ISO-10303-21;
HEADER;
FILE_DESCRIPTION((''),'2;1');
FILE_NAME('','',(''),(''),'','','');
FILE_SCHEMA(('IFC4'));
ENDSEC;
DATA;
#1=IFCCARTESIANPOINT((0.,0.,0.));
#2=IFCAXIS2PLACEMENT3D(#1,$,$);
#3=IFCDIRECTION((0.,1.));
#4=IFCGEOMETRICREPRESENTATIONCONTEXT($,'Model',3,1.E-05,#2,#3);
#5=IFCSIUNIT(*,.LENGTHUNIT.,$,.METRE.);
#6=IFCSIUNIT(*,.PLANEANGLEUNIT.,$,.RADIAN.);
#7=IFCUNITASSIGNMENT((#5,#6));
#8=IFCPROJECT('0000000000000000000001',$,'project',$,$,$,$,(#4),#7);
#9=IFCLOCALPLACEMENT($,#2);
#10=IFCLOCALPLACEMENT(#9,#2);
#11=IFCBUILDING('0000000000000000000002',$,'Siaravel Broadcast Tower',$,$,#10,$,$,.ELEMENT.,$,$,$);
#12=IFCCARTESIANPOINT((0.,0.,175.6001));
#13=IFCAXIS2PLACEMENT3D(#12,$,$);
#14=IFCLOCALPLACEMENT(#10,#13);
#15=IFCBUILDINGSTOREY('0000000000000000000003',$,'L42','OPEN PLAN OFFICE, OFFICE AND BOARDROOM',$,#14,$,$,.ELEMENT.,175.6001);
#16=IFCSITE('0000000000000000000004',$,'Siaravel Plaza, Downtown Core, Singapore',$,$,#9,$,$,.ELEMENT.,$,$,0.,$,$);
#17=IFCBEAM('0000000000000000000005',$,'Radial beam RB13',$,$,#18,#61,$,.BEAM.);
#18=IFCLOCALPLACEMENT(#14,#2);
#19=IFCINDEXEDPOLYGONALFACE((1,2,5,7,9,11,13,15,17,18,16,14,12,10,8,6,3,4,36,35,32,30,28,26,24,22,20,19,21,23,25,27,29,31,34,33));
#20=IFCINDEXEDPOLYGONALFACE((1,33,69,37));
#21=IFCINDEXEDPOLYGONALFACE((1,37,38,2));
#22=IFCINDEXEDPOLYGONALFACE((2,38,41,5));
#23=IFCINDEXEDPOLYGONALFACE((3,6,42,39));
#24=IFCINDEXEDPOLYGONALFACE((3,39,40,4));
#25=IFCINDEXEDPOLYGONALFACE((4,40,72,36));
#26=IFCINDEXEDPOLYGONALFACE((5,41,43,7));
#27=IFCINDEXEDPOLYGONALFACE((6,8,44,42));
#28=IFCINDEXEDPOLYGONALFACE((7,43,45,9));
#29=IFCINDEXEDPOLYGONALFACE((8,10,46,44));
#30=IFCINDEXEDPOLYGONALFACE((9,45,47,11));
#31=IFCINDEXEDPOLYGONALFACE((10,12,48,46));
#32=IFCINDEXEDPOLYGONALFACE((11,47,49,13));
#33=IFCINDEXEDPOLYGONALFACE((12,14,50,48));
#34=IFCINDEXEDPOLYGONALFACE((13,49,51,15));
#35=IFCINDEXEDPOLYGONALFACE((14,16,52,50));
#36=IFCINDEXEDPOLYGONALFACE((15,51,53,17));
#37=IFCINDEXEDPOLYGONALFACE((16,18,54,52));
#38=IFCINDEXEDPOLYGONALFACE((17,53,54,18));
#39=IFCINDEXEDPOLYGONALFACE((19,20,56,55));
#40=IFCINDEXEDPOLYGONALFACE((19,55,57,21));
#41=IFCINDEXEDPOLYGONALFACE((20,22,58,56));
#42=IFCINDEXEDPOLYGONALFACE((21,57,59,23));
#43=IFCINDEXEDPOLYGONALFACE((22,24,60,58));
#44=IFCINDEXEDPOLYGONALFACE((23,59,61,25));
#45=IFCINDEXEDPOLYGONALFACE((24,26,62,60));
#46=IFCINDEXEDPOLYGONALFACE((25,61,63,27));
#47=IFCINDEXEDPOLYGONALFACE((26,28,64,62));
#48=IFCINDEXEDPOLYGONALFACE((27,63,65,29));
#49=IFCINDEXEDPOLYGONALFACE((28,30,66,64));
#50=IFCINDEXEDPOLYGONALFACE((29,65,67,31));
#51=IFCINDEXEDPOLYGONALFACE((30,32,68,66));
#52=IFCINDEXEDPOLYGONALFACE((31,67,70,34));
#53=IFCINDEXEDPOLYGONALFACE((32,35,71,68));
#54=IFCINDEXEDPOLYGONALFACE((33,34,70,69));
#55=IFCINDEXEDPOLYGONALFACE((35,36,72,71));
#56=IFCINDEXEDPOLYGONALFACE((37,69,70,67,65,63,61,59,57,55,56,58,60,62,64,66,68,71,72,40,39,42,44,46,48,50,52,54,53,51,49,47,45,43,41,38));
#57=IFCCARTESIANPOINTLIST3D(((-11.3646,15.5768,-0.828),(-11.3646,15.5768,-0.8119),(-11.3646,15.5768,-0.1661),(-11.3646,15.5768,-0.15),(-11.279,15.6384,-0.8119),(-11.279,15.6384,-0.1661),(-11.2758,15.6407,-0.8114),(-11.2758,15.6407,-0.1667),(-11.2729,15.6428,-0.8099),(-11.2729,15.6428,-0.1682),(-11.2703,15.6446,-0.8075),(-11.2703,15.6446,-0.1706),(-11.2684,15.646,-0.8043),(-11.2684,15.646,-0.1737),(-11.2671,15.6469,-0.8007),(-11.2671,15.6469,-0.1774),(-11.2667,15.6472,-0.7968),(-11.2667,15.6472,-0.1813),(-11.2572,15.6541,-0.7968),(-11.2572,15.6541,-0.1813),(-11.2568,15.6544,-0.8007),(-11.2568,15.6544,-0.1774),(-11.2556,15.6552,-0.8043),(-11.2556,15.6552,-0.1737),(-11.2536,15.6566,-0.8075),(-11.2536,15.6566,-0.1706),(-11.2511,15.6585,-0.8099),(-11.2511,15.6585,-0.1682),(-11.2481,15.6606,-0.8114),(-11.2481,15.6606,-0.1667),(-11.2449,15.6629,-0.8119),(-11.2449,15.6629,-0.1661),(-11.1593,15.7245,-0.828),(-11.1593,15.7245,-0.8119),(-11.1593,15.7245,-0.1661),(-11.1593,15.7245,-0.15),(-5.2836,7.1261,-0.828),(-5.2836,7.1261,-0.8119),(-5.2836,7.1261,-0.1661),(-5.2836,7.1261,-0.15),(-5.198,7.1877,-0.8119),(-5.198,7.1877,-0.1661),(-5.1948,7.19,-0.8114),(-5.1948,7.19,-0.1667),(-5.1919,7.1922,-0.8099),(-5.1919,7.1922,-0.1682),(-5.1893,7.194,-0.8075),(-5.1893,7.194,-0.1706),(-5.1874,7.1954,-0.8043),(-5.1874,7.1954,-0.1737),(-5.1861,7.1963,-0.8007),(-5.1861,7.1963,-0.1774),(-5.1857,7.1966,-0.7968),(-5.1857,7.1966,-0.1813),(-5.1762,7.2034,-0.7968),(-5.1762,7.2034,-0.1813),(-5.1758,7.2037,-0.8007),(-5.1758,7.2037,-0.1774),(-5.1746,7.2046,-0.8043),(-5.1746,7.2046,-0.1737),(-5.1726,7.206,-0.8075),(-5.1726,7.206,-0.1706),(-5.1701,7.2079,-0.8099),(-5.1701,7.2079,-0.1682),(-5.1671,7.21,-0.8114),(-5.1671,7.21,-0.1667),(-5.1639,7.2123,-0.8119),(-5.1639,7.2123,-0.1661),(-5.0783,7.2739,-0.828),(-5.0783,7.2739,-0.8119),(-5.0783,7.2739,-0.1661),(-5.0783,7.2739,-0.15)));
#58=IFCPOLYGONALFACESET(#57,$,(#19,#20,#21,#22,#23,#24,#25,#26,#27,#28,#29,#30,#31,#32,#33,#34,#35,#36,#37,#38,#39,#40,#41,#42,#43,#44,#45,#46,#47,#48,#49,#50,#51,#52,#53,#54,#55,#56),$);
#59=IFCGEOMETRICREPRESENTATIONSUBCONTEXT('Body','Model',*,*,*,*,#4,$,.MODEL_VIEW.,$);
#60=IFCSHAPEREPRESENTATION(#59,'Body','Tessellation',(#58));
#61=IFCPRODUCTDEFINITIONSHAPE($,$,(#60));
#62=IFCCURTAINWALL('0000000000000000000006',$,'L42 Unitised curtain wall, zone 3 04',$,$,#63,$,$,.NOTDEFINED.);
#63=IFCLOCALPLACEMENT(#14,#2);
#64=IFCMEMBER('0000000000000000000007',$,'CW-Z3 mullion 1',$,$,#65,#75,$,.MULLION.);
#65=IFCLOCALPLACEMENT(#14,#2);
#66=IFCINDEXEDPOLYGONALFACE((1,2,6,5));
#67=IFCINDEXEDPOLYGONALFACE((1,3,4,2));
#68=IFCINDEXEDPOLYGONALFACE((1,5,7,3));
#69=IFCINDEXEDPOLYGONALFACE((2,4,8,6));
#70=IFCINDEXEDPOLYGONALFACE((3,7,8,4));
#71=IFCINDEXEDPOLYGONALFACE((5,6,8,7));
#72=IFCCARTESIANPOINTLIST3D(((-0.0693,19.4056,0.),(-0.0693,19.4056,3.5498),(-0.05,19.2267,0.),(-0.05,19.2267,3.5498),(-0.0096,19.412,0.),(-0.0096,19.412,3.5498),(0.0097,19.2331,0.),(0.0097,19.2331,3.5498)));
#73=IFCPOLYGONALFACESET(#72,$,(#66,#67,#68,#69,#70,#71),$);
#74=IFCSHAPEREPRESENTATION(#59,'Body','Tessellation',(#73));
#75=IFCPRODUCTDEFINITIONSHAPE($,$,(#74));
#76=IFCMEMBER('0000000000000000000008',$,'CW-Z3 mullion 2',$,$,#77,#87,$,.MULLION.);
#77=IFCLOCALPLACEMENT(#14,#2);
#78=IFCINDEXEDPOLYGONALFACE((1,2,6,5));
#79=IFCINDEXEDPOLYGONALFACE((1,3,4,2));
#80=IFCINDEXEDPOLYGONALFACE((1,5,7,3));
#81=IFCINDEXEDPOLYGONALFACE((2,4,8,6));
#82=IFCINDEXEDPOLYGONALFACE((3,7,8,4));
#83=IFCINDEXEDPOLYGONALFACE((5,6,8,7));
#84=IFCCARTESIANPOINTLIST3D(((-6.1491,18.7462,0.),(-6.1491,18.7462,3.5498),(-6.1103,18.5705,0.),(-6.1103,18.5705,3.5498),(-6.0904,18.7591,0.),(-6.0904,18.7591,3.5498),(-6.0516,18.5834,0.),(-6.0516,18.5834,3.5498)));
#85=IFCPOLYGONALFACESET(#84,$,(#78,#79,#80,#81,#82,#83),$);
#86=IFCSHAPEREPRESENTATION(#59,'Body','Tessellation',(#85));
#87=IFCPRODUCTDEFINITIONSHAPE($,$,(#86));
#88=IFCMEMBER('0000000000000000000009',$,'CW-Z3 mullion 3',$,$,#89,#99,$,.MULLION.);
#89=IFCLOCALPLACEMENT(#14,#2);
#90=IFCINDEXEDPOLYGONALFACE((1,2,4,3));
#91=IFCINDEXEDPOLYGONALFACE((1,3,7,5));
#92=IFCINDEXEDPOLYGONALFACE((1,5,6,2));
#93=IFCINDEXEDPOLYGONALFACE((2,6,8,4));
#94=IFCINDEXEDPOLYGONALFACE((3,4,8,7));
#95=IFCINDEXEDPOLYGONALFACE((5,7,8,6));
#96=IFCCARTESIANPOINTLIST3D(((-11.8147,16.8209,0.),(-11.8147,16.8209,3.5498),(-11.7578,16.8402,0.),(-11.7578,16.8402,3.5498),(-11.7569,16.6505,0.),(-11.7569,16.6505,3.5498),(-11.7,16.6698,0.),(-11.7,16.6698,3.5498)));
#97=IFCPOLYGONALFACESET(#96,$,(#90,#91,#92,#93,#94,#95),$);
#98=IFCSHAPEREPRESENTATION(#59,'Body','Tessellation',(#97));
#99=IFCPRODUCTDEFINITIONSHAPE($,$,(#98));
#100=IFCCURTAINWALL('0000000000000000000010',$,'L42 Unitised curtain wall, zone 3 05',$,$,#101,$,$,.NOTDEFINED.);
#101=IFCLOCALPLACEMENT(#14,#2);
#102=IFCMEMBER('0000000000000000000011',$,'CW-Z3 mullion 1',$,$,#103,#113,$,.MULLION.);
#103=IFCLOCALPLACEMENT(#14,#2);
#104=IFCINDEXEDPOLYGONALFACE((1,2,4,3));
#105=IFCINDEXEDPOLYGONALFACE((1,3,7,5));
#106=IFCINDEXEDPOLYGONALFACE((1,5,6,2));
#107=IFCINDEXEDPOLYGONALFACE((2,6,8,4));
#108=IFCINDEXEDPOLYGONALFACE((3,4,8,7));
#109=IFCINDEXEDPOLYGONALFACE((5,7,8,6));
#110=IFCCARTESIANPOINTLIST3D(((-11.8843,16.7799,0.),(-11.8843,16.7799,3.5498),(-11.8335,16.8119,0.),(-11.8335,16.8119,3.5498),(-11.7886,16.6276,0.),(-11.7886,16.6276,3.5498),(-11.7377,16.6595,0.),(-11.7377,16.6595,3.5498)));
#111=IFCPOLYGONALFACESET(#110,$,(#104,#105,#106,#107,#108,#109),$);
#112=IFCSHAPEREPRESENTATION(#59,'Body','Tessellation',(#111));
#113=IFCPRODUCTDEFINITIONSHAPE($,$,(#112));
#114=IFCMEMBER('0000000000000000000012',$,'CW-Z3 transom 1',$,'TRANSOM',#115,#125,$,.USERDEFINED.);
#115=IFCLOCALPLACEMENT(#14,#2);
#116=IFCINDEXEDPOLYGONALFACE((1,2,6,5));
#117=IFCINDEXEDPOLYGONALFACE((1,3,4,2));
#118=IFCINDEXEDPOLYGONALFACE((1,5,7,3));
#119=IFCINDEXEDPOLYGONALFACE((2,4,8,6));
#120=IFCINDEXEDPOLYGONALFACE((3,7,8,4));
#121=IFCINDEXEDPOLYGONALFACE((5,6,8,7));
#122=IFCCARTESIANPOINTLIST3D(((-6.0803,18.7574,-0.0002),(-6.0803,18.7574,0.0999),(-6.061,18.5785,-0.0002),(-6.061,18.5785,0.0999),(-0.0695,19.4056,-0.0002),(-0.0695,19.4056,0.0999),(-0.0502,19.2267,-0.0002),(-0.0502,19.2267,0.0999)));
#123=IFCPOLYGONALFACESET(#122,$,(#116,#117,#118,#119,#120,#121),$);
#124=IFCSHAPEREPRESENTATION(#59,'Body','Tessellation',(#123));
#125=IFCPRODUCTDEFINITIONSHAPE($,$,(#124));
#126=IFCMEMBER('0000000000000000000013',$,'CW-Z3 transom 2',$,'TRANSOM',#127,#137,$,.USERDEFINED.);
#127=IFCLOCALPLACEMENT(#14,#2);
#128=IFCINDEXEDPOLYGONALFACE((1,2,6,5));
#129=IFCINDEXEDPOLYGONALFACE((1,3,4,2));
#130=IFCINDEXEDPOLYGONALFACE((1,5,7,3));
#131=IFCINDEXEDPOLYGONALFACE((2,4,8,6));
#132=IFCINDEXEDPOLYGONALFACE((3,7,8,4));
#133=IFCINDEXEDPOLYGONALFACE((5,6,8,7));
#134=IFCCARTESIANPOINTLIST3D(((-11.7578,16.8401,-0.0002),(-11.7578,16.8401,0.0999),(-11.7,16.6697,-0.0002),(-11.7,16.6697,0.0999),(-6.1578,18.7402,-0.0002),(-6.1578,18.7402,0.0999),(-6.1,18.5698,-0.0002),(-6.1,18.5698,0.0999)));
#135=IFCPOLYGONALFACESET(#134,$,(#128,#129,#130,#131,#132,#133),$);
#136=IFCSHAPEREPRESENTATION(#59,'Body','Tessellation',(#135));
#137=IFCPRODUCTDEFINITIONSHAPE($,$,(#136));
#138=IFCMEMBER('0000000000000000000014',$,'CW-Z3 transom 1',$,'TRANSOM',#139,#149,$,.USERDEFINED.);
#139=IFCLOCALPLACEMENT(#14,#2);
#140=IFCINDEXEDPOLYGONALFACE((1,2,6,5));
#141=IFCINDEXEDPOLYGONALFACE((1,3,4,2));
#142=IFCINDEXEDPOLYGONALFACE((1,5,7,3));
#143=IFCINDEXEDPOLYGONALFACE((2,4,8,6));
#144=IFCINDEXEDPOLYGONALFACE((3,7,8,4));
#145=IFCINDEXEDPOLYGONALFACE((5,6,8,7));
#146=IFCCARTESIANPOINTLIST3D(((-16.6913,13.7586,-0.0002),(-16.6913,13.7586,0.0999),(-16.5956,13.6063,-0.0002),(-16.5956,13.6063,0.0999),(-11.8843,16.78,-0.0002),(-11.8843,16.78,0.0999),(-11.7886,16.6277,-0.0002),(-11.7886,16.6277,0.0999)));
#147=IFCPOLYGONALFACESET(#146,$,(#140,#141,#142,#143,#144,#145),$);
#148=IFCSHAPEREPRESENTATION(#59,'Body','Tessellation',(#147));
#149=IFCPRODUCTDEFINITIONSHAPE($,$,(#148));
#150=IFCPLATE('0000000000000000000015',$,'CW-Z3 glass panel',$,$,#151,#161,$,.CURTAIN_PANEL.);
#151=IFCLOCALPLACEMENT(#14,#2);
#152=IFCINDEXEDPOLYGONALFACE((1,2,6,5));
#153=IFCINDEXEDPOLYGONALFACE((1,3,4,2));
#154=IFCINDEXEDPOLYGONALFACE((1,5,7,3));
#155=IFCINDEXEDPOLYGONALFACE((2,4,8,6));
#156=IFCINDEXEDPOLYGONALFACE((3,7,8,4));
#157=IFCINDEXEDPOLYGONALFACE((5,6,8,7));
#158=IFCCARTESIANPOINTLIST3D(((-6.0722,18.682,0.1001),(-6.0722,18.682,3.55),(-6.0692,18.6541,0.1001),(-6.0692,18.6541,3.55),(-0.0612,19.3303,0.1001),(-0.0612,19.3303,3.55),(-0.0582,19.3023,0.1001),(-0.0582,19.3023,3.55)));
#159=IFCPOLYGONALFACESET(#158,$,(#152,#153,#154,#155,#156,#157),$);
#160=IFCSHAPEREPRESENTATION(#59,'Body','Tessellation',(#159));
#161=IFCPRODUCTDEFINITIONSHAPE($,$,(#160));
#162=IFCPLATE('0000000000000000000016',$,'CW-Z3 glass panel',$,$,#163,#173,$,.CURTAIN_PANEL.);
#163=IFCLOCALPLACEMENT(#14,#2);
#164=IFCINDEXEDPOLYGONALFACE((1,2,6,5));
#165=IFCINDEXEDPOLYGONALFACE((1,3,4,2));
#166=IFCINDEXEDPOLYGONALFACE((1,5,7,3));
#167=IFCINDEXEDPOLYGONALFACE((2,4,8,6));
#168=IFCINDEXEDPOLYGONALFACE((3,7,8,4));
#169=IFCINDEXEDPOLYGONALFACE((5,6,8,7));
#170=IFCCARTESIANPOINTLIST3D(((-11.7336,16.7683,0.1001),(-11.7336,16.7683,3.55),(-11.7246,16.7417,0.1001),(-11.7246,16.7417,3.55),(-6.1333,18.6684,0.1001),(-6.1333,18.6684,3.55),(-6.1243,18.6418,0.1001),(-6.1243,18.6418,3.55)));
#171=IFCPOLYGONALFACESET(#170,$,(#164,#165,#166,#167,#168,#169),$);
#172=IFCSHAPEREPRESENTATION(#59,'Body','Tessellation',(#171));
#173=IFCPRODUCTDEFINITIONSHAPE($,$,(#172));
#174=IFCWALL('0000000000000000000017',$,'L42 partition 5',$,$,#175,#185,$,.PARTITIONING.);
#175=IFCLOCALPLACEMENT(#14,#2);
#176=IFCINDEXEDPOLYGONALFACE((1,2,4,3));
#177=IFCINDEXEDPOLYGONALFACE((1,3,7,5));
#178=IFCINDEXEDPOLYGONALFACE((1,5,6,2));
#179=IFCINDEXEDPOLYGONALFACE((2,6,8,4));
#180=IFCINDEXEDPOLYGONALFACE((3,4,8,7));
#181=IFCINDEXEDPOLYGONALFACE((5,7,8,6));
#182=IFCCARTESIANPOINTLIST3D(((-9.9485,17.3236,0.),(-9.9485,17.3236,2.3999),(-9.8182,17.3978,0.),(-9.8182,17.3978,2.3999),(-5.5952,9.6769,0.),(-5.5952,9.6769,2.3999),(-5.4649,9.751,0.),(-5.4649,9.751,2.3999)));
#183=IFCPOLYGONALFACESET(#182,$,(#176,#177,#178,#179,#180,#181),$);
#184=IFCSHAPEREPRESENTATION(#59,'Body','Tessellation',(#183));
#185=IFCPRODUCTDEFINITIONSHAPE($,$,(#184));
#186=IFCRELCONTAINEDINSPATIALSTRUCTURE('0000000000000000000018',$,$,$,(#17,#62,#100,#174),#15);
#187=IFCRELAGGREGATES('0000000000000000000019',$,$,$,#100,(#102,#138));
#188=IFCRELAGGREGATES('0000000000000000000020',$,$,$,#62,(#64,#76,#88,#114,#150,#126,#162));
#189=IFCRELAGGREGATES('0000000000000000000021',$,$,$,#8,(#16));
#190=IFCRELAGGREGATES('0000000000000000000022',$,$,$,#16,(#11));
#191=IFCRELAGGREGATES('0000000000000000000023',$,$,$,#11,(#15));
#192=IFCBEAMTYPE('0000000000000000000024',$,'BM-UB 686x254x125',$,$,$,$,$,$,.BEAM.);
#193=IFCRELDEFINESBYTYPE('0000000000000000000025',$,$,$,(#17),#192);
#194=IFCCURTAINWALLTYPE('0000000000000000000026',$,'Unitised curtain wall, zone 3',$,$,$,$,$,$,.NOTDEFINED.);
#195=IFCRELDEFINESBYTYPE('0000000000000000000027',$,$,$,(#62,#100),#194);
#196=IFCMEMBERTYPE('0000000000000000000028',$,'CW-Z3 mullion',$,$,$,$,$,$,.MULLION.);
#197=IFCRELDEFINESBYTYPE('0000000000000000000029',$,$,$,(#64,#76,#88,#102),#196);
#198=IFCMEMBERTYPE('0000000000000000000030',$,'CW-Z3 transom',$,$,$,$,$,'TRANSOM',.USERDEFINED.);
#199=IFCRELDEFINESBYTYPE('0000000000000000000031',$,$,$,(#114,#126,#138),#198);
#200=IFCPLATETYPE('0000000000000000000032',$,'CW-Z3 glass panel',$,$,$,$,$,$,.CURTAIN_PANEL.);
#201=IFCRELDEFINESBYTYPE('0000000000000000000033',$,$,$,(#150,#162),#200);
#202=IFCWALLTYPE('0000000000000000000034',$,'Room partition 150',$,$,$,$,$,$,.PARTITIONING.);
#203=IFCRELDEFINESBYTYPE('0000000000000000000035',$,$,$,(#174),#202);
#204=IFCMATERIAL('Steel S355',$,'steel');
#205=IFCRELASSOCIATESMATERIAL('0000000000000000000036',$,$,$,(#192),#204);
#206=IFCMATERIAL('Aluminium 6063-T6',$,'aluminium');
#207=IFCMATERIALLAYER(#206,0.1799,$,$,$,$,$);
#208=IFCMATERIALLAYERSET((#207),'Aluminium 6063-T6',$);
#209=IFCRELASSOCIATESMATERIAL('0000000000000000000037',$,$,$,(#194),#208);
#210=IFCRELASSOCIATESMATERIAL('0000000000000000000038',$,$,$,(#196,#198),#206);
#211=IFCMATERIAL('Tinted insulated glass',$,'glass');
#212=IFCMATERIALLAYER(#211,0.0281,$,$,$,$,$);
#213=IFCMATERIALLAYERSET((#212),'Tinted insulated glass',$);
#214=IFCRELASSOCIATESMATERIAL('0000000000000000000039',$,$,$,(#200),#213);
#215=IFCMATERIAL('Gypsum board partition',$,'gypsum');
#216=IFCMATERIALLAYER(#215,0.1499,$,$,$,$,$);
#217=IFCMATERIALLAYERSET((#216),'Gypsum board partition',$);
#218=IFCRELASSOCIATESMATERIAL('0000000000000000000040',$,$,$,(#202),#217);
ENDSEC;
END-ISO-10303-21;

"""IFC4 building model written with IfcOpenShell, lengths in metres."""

from ifc_helpers import new_model, si_unit, direction, frame, frame_2d, origin, origin_2d, place, context, subcontext, project, spatial, rectangle, i_section, extrude, material, layer, layer_set, material_profile, profile_set, type_object, element, aggregate, save


model = new_model("IFC4")

# Units and contexts
model_context = context("Model", 3, precision=1e-05, world=origin(), true_north=direction((0.0, 1.0)))
body_context = subcontext(model_context, "Body", "Model", "MODEL_VIEW")
ifc_project = project(units=[si_unit("LENGTHUNIT", "METRE"), si_unit("PLANEANGLEUNIT", "RADIAN")], contexts=[model_context])

# Site, building, storey
site_placement = place(None, origin())
site = spatial("IfcSite", under=ifc_project, at=site_placement, Name="Siaravel Plaza, Downtown Core, Singapore", CompositionType="ELEMENT", RefElevation=0.0)
building_placement = place(site_placement, origin())
building = spatial("IfcBuilding", under=site, at=building_placement, Name="Siaravel Broadcast Tower", CompositionType="ELEMENT")
storey_placement = place(building_placement, frame((0.0, 0.0, 175.6001)))
storey = spatial("IfcBuildingStorey", under=building, at=storey_placement, Name="L42", Description="OPEN PLAN OFFICE, OFFICE AND BOARDROOM", CompositionType="ELEMENT", Elevation=175.6001)

# Beam
ifc_material_1 = material(Name="Steel S355", Category="steel")
ifc_material_profile_1 = material_profile(ifc_material_1, i_section(OverallWidth=0.2529, OverallDepth=0.678, WebThickness=0.0117, FlangeThickness=0.0161, FilletRadius=0.0151, at=origin_2d()))
ifc_profile_set_1 = profile_set([ifc_material_profile_1], Name="Steel S355")
beam_type = type_object("IfcBeamType", Name="BM-UB 686x254x125", PredefinedType="BEAM", material=ifc_profile_set_1)
beam_1_placement = place(storey_placement, frame((-11.262, 15.6506, -0.489), z_axis=(0.584087, -0.811691, 0.0), x_axis=(0.811691, 0.584087, 0.0)))
element("IfcBeam", 1, at=beam_1_placement, inside=storey, type_object=beam_type, Name="Radial beam RB13", PredefinedType="BEAM", context=body_context, shape_type="SweptSolid", body=[
    extrude(i_section(OverallWidth=0.2529, OverallDepth=0.678, WebThickness=0.0117, FlangeThickness=0.0161, FilletRadius=0.0151, at=origin_2d()), origin(), (0.0, 0.0, 1.0), 10.4111),
])

# Curtain wall, members
ifc_material_2 = material(Name="Aluminium 6063-T6", Category="aluminium")
ifc_layer_1 = layer(ifc_material_2, 0.1799)
ifc_layer_set_1 = layer_set([ifc_layer_1], Name="Aluminium 6063-T6")
curtain_wall_type = type_object("IfcCurtainWallType", Name="Unitised curtain wall, zone 3", PredefinedType="NOTDEFINED", material=ifc_layer_set_1)
curtain_wall_1_placement = place(storey_placement, origin())
curtain_wall_1 = element("IfcCurtainWall", 2, at=curtain_wall_1_placement, inside=storey, type_object=curtain_wall_type, Name="L42 Unitised curtain wall, zone 3 04", PredefinedType="NOTDEFINED")
ifc_material_profile_2 = material_profile(ifc_material_2, rectangle(XDim=0.1799, YDim=0.0601, at=origin_2d()))
ifc_profile_set_2 = profile_set([ifc_material_profile_2], Name="Aluminium 6063-T6")
member_type_1 = type_object("IfcMemberType", Name="CW-Z3 mullion", PredefinedType="MULLION", material=ifc_profile_set_2)
member_1_placement = place(storey_placement, frame((-0.0298, 19.3193, 0.0), z_axis=(0.0, 0.0, 1.0), x_axis=(0.107217, -0.994236, 0.0)))
member_1 = element("IfcMember", 3, at=member_1_placement, type_object=member_type_1, Name="CW-Z3 mullion 1", PredefinedType="MULLION", context=body_context, shape_type="SweptSolid", body=[
    extrude(rectangle(XDim=0.1799, YDim=0.0601, at=origin_2d()), origin(), (0.0, 0.0, 1.0), 3.5498),
])
member_2_placement = place(storey_placement, frame((-6.1003, 18.6648, 0.0), z_axis=(0.0, 0.0, 1.0), x_axis=(0.215558, -0.976491, 0.0)))
member_2 = element("IfcMember", 4, at=member_2_placement, type_object=member_type_1, Name="CW-Z3 mullion 2", PredefinedType="MULLION", context=body_context, shape_type="SweptSolid", body=[
    extrude(rectangle(XDim=0.1799, YDim=0.0601, at=origin_2d()), origin(), (0.0, 0.0, 1.0), 3.5498),
])
member_3_placement = place(storey_placement, frame((-11.7573, 16.7454, 0.0), z_axis=(0.0, 0.0, 1.0), x_axis=(0.3213, -0.946977, 0.0)))
member_3 = element("IfcMember", 5, at=member_3_placement, type_object=member_type_1, Name="CW-Z3 mullion 3", PredefinedType="MULLION", context=body_context, shape_type="SweptSolid", body=[
    extrude(rectangle(XDim=0.1799, YDim=0.0601, at=origin_2d()), origin(), (0.0, 0.0, 1.0), 3.5498),
])

# Curtain wall, member
curtain_wall_2_placement = place(storey_placement, origin())
curtain_wall_2 = element("IfcCurtainWall", 6, at=curtain_wall_2_placement, inside=storey, type_object=curtain_wall_type, Name="L42 Unitised curtain wall, zone 3 05", PredefinedType="NOTDEFINED")
member_4_placement = place(storey_placement, frame((-11.811, 16.7197, 0.0), z_axis=(0.0, 0.0, 1.0), x_axis=(0.532149, -0.846651, 0.0)))
member_4 = element("IfcMember", 7, at=member_4_placement, type_object=member_type_1, Name="CW-Z3 mullion 1", PredefinedType="MULLION", context=body_context, shape_type="SweptSolid", body=[
    extrude(rectangle(XDim=0.1799, YDim=0.0601, at=origin_2d()), origin(), (0.0, 0.0, 1.0), 3.5498),
])

# Members
ifc_material_profile_3 = material_profile(ifc_material_2, rectangle(XDim=0.1799, YDim=0.1001, at=origin_2d()))
ifc_profile_set_3 = profile_set([ifc_material_profile_3], Name="Aluminium 6063-T6")
member_type_2 = type_object("IfcMemberType", Name="CW-Z3 transom", ElementType="TRANSOM", PredefinedType="USERDEFINED", material=ifc_profile_set_3)
member_5_placement = place(storey_placement, frame((-0.0598, 19.3162, 0.0498), z_axis=(-0.994236, -0.107218, 0.0), x_axis=(0.107218, -0.994236, 0.0)))
member_5 = element("IfcMember", 8, at=member_5_placement, type_object=member_type_2, Name="CW-Z3 transom 1", ObjectType="TRANSOM", PredefinedType="USERDEFINED", context=body_context, shape_type="SweptSolid", body=[
    extrude(rectangle(XDim=0.1799, YDim=0.1001, at=origin_2d()), origin(), (0.0, 0.0, 1.0), 6.0457),
])
member_6_placement = place(storey_placement, frame((-6.1289, 18.655, 0.0498), z_axis=(-0.946973, -0.321314, 0.0), x_axis=(0.321314, -0.946973, 0.0)))
member_6 = element("IfcMember", 9, at=member_6_placement, type_object=member_type_2, Name="CW-Z3 transom 2", ObjectType="TRANSOM", PredefinedType="USERDEFINED", context=body_context, shape_type="SweptSolid", body=[
    extrude(rectangle(XDim=0.1799, YDim=0.1001, at=origin_2d()), origin(), (0.0, 0.0, 1.0), 5.9136),
])
member_7_placement = place(storey_placement, frame((-11.8364, 16.7039, 0.0498), z_axis=(-0.846648, -0.532154, 0.0), x_axis=(0.532154, -0.846648, 0.0)))
member_7 = element("IfcMember", 10, at=member_7_placement, type_object=member_type_2, Name="CW-Z3 transom 1", ObjectType="TRANSOM", PredefinedType="USERDEFINED", context=body_context, shape_type="SweptSolid", body=[
    extrude(rectangle(XDim=0.1799, YDim=0.1001, at=origin_2d()), origin(), (0.0, 0.0, 1.0), 5.6777),
])
aggregate(curtain_wall_2, [member_4, member_7])

# Plates
ifc_material_3 = material(Name="Tinted insulated glass", Category="glass")
ifc_layer_2 = layer(ifc_material_3, 0.0281)
ifc_layer_set_2 = layer_set([ifc_layer_2], Name="Tinted insulated glass")
plate_type = type_object("IfcPlateType", Name="CW-Z3 glass panel", PredefinedType="CURTAIN_PANEL", material=ifc_layer_set_2)
plate_1_placement = place(storey_placement, frame((-3.0652, 18.9922, 0.1001), z_axis=(0.0, 0.0, 1.0), x_axis=(-0.994236, -0.107217, 0.0)))
plate_1 = element("IfcPlate", 11, at=plate_1_placement, type_object=plate_type, Name="CW-Z3 glass panel", PredefinedType="CURTAIN_PANEL", context=body_context, shape_type="SweptSolid", body=[
    extrude(rectangle(XDim=6.0459, YDim=0.0281, at=origin_2d()), origin(), (0.0, 0.0, 1.0), 3.45),
])
plate_2_placement = place(storey_placement, frame((-8.929, 17.7051, 0.1001), z_axis=(0.0, 0.0, 1.0), x_axis=(-0.946977, -0.3213, 0.0)))
plate_2 = element("IfcPlate", 12, at=plate_2_placement, type_object=plate_type, Name="CW-Z3 glass panel", PredefinedType="CURTAIN_PANEL", context=body_context, shape_type="SweptSolid", body=[
    extrude(rectangle(XDim=5.9138, YDim=0.0281, at=origin_2d()), origin(), (0.0, 0.0, 1.0), 3.45),
])
aggregate(curtain_wall_1, [member_1, member_2, member_3, member_5, plate_1, member_6, plate_2])

# Wall
ifc_material_4 = material(Name="Gypsum board partition", Category="gypsum")
ifc_layer_3 = layer(ifc_material_4, 0.1499)
ifc_layer_set_3 = layer_set([ifc_layer_3], Name="Gypsum board partition")
wall_type = type_object("IfcWallType", Name="Room partition 150", PredefinedType="PARTITIONING", material=ifc_layer_set_3)
wall_placement = place(storey_placement, frame((-9.8833, 17.3606, 0.0), z_axis=(0.0, 0.0, 1.0), x_axis=(0.494743, -0.869039, 0.0)))
element("IfcWall", 13, at=wall_placement, inside=storey, type_object=wall_type, Name="L42 partition 5", PredefinedType="PARTITIONING", context=body_context, shape_type="SweptSolid", body=[
    extrude(rectangle(XDim=8.7991, YDim=0.1499, at=frame_2d((4.3994, 0.0))), origin(), (0.0, 0.0, 1.0), 2.3999),
])

save(model, "model.ifc")
